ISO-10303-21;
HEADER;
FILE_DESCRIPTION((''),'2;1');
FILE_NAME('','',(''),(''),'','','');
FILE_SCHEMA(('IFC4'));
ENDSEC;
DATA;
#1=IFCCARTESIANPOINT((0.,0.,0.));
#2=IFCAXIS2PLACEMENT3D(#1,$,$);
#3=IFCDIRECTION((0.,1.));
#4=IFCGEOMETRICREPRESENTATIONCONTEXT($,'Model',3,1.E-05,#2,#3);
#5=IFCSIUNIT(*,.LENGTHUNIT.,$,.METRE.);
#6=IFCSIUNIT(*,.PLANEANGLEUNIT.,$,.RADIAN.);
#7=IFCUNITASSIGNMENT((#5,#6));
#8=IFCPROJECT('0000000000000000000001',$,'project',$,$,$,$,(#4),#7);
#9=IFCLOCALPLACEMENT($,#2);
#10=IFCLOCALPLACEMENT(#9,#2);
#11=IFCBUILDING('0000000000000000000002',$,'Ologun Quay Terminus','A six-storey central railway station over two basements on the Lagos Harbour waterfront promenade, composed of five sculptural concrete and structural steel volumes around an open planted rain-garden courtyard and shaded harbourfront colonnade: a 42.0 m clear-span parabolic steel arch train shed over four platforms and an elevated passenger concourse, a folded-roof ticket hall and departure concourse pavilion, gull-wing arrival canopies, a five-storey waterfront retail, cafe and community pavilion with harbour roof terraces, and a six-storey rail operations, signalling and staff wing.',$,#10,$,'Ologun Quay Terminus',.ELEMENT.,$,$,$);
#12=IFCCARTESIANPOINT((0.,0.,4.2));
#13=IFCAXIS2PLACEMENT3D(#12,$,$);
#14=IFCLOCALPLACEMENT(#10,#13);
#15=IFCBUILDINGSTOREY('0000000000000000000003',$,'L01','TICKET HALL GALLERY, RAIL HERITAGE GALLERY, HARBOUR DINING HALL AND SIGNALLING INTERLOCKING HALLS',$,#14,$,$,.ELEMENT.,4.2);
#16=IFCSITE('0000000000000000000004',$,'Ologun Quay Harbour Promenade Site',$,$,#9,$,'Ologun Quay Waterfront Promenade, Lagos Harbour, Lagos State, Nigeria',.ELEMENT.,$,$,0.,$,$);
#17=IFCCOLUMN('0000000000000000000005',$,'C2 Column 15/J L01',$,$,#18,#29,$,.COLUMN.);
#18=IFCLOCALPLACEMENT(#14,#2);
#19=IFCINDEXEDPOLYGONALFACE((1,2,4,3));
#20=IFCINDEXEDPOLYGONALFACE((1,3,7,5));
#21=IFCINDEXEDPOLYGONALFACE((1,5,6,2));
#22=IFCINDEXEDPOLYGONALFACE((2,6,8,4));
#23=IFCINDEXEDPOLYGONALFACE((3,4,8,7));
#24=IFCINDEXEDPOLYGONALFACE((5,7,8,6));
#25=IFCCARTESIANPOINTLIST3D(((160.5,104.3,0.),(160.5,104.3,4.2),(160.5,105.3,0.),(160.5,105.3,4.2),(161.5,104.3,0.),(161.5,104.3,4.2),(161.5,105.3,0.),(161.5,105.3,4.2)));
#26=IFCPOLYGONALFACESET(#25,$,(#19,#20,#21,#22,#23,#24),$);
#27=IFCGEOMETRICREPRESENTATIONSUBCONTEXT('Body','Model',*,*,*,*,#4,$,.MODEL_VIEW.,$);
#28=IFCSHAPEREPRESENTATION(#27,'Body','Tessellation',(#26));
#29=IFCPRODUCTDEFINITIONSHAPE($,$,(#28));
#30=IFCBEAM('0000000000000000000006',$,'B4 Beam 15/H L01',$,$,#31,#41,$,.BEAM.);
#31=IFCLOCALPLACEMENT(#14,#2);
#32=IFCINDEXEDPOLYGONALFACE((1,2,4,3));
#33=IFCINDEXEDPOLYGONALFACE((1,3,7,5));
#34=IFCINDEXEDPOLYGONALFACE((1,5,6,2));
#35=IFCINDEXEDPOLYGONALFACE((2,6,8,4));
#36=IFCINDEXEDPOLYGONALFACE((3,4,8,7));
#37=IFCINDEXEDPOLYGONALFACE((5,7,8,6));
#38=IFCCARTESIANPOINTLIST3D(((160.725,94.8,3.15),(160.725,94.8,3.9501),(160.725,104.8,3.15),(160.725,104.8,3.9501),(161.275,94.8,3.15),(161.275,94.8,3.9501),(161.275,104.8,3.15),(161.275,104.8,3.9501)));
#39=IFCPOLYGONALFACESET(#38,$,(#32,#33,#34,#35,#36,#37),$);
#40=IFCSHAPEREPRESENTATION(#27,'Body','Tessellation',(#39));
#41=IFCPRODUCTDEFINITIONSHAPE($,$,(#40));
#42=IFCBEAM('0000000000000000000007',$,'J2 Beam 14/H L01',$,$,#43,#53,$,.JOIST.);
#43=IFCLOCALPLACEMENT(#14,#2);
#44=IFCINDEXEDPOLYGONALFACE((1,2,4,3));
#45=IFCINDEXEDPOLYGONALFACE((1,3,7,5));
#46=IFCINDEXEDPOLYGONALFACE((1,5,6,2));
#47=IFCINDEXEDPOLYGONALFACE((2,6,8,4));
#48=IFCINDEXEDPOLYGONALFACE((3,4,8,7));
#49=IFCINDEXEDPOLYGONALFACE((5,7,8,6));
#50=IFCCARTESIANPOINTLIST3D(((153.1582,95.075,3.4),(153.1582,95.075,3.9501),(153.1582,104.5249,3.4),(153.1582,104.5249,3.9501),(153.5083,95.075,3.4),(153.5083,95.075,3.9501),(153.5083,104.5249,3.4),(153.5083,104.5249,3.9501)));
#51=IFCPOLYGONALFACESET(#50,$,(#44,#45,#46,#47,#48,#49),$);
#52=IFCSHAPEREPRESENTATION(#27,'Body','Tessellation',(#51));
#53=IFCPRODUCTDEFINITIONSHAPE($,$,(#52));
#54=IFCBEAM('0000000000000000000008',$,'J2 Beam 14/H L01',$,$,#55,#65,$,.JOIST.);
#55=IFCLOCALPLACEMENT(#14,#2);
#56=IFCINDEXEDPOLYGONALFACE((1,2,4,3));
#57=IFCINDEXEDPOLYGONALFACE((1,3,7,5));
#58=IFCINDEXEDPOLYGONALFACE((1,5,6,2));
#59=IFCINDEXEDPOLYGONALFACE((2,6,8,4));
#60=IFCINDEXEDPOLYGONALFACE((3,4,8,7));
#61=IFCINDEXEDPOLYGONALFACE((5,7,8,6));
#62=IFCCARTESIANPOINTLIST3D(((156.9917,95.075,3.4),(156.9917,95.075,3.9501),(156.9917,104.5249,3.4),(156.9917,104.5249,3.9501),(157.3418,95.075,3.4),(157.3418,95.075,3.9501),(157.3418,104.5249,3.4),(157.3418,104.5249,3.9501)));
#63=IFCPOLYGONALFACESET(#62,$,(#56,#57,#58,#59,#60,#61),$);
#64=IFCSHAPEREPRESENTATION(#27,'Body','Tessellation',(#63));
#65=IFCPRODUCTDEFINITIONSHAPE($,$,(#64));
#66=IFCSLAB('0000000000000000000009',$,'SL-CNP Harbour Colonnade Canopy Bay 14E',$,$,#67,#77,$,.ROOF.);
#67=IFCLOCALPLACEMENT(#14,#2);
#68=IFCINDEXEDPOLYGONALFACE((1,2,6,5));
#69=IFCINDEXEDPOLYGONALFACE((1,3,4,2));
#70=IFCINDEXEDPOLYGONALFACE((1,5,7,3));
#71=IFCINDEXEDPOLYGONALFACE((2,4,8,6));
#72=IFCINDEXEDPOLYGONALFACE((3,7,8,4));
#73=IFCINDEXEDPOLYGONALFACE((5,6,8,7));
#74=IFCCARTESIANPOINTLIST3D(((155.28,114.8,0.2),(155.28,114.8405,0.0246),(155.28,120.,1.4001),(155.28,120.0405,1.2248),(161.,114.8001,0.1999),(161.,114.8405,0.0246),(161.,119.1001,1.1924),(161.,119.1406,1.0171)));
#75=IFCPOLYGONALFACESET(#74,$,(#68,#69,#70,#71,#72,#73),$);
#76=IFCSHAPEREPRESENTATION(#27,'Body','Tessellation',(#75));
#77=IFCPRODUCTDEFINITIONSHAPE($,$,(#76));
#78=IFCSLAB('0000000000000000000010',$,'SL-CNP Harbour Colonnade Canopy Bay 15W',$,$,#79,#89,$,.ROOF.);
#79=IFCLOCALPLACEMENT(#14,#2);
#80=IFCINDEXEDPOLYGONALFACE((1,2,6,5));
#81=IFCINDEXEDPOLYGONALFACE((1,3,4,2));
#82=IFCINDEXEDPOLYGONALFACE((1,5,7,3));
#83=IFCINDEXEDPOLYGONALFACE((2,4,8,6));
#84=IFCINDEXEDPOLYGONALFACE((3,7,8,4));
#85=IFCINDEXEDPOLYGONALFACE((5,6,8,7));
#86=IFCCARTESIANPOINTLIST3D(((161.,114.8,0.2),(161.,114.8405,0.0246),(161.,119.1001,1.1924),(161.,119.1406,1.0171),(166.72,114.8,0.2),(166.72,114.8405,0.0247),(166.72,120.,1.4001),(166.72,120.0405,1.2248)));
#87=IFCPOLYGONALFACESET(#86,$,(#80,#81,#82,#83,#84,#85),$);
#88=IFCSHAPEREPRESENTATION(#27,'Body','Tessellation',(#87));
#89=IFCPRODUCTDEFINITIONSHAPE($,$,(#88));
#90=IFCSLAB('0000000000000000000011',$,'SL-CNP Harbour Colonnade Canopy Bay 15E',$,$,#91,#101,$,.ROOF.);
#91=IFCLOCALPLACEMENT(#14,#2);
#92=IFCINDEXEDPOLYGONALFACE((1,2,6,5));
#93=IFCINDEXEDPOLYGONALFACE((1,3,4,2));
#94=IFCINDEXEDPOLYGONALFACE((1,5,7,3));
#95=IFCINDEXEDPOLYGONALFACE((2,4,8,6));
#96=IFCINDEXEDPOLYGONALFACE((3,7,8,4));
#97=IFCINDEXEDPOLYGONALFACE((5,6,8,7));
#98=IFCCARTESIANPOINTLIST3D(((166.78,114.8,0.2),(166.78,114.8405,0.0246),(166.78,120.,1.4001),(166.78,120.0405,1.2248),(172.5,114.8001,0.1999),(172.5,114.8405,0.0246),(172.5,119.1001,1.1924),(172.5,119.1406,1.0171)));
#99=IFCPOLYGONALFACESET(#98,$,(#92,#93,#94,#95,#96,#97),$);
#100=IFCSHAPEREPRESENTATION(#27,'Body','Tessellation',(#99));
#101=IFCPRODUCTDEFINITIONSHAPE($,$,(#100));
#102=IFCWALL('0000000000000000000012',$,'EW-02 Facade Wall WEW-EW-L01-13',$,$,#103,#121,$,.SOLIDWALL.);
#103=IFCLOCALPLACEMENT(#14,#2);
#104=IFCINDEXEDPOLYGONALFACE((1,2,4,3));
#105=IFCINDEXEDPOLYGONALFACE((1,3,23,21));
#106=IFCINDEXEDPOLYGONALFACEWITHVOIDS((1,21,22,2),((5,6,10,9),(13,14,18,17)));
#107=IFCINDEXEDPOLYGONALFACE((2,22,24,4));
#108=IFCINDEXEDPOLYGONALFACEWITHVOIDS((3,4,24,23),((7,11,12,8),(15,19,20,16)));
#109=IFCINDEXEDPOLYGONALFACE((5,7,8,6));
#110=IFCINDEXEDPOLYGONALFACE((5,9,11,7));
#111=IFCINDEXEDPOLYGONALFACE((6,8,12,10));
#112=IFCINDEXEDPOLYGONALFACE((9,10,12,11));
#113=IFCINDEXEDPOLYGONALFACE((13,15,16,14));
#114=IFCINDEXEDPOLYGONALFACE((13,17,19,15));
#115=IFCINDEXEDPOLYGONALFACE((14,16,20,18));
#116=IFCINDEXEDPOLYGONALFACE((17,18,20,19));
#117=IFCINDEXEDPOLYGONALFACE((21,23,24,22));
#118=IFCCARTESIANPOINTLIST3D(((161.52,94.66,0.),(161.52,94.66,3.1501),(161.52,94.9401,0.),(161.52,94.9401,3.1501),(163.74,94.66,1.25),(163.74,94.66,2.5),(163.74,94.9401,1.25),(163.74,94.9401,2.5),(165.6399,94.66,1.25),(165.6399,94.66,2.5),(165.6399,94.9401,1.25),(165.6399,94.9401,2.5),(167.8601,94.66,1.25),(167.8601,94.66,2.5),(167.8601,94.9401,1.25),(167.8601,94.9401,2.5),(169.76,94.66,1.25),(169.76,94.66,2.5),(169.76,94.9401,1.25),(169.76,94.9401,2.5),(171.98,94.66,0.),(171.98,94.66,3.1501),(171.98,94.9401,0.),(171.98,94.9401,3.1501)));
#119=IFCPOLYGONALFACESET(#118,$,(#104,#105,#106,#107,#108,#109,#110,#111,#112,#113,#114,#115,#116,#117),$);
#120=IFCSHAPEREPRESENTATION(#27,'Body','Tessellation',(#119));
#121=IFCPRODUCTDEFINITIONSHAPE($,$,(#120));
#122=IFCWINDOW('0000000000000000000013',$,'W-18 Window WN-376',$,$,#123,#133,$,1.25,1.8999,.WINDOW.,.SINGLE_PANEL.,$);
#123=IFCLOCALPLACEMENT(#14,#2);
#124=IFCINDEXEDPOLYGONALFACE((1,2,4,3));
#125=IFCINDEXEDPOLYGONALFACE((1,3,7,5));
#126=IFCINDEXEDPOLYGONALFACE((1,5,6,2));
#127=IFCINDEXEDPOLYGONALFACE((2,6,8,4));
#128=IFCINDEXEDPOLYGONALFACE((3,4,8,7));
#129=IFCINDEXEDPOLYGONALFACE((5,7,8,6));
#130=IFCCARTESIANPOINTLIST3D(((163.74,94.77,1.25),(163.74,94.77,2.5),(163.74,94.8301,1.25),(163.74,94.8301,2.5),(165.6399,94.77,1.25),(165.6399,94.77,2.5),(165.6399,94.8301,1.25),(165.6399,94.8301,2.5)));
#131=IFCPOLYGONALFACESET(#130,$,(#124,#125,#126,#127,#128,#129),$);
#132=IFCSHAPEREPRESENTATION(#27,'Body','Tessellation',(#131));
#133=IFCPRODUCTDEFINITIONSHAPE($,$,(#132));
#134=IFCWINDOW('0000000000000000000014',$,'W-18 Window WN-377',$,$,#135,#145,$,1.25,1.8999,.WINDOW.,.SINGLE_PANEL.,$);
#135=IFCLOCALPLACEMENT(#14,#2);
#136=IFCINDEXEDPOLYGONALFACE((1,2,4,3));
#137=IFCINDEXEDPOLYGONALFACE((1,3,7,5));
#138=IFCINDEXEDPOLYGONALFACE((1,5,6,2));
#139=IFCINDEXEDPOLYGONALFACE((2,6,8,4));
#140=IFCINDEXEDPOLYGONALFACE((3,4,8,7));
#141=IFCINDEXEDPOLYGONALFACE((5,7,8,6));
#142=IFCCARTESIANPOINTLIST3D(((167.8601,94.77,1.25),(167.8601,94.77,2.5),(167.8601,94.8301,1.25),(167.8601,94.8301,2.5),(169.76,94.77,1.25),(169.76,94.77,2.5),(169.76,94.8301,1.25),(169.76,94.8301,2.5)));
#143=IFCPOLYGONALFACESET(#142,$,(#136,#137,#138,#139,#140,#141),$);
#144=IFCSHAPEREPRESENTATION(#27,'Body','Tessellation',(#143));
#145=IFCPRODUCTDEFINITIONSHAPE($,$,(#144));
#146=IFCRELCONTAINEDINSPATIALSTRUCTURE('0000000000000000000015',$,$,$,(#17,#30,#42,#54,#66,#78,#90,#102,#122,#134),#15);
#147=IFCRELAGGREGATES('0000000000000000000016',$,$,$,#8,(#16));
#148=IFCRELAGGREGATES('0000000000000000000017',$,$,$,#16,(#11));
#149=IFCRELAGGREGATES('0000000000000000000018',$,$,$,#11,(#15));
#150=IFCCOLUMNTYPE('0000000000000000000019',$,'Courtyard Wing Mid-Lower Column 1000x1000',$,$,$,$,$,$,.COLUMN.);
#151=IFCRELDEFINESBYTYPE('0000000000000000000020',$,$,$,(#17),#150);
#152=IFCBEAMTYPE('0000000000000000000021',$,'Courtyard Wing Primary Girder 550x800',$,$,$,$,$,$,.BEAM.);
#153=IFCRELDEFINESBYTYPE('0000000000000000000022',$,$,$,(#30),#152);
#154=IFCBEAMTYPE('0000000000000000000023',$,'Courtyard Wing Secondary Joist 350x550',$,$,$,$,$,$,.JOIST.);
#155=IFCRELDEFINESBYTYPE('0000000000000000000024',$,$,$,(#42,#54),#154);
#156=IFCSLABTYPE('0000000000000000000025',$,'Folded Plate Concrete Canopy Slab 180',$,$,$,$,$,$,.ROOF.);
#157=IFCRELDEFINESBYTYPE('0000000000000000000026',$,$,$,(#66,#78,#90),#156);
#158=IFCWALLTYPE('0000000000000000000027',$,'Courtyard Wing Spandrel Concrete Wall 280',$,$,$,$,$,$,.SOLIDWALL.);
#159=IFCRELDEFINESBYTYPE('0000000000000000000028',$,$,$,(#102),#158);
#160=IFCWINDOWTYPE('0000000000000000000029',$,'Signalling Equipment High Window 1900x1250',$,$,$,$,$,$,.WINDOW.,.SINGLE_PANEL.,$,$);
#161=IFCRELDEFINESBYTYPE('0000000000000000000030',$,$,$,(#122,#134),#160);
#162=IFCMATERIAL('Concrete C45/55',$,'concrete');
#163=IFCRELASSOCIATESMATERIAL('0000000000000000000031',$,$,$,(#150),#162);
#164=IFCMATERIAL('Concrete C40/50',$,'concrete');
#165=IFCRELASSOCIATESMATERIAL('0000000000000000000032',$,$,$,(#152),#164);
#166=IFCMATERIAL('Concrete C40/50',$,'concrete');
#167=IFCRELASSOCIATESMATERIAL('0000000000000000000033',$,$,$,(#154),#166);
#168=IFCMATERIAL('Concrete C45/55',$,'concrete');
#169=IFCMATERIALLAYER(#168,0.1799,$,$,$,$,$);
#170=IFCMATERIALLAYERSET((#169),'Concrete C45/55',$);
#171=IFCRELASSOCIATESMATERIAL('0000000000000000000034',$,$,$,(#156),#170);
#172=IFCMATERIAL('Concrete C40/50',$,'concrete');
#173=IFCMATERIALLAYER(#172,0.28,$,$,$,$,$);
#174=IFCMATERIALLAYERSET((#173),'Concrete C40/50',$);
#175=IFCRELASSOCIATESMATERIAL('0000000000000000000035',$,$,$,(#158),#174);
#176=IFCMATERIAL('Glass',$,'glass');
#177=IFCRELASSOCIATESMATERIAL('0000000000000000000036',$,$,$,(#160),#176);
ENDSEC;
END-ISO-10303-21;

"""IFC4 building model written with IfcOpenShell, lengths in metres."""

from ifc_helpers import new_model, si_unit, direction, frame, frame_2d, origin, origin_2d, place, context, subcontext, project, spatial, polyline, rectangle, outline, extrude, material, layer, layer_set, material_profile, profile_set, type_object, element, fill, save


model = new_model("IFC4")

# Units and contexts
model_context = context("Model", 3, precision=1e-05, world=origin(), true_north=direction((0.0, 1.0)))
body_context = subcontext(model_context, "Body", "Model", "MODEL_VIEW")
ifc_project = project(units=[si_unit("LENGTHUNIT", "METRE"), si_unit("PLANEANGLEUNIT", "RADIAN")], contexts=[model_context])

# Site, building, storey
site_placement = place(None, origin())
site = spatial("IfcSite", under=ifc_project, at=site_placement, Name="Ologun Quay Harbour Promenade Site", LongName="Ologun Quay Waterfront Promenade, Lagos Harbour, Lagos State, Nigeria", CompositionType="ELEMENT", RefElevation=0.0)
building_placement = place(site_placement, origin())
building = spatial("IfcBuilding", under=site, at=building_placement, Name="Ologun Quay Terminus", Description="A six-storey central railway station over two basements on the Lagos Harbour waterfront promenade, composed of five sculptural concrete and structural steel volumes around an open planted rain-garden courtyard and shaded harbourfront colonnade: a 42.0 m clear-span parabolic steel arch train shed over four platforms and an elevated passenger concourse, a folded-roof ticket hall and departure concourse pavilion, gull-wing arrival canopies, a five-storey waterfront retail, cafe and community pavilion with harbour roof terraces, and a six-storey rail operations, signalling and staff wing.", LongName="Ologun Quay Terminus", CompositionType="ELEMENT")
storey_placement = place(building_placement, frame((0.0, 0.0, 4.2)))
storey = spatial("IfcBuildingStorey", under=building, at=storey_placement, Name="L01", Description="TICKET HALL GALLERY, RAIL HERITAGE GALLERY, HARBOUR DINING HALL AND SIGNALLING INTERLOCKING HALLS", CompositionType="ELEMENT", Elevation=4.2)

# Column
ifc_material_1 = material(Name="Concrete C45/55", Category="concrete")
ifc_material_profile_1 = material_profile(ifc_material_1, rectangle(XDim=1.0, YDim=1.0, at=origin_2d()), Name="RC 1000x1000")
ifc_profile_set_1 = profile_set([ifc_material_profile_1], Name="Concrete C45/55")
column_type = type_object("IfcColumnType", Name="Courtyard Wing Mid-Lower Column 1000x1000", PredefinedType="COLUMN", material=ifc_profile_set_1)
column_placement = place(storey_placement, frame((161.0, 104.8, 0.0), z_axis=(0.0, 0.0, 1.0), x_axis=(1.0, 0.0, 0.0)))
element("IfcColumn", 1, at=column_placement, inside=storey, type_object=column_type, Name="C2 Column 15/J L01", PredefinedType="COLUMN", context=body_context, shape_type="SweptSolid", body=[
    extrude(rectangle(XDim=1.0, YDim=1.0, at=origin_2d()), origin(), (0.0, 0.0, 1.0), 4.2),
])

# Beams
ifc_material_2 = material(Name="Concrete C40/50", Category="concrete")
ifc_material_profile_2 = material_profile(ifc_material_2, rectangle(XDim=0.55, YDim=0.8, at=origin_2d()), Name="RC 550x800")
ifc_profile_set_2 = profile_set([ifc_material_profile_2], Name="Concrete C40/50")
beam_type_1 = type_object("IfcBeamType", Name="Courtyard Wing Primary Girder 550x800", PredefinedType="BEAM", material=ifc_profile_set_2)
beam_placement = place(storey_placement, frame((161.0, 94.8, 3.55), z_axis=(0.0, 1.0, 0.0), x_axis=(-1.0, 0.0, 0.0)))
element("IfcBeam", 2, at=beam_placement, inside=storey, type_object=beam_type_1, Name="B4 Beam 15/H L01", PredefinedType="BEAM", context=body_context, shape_type="SweptSolid", body=[
    extrude(rectangle(XDim=0.55, YDim=0.8, at=origin_2d()), origin(), (0.0, 0.0, 1.0), 10.0),
])
ifc_material_3 = material(Name="Concrete C40/50", Category="concrete")
ifc_material_profile_3 = material_profile(ifc_material_3, rectangle(XDim=0.3501, YDim=0.55, at=origin_2d()), Name="RC 350x550")
ifc_profile_set_3 = profile_set([ifc_material_profile_3], Name="Concrete C40/50")
beam_type_2 = type_object("IfcBeamType", Name="Courtyard Wing Secondary Joist 350x550", PredefinedType="JOIST", material=ifc_profile_set_3)
for number, where, z_axis, x_axis, name in (
    (3, (153.3333, 95.075, 3.675), (0.0, 1.0, 0.0), (-1.0, 0.0, 0.0), "J2 Beam 14/H L01"),
    (4, (157.1667, 95.075, 3.675), (0.0, 1.0, 0.0), (-1.0, 0.0, 0.0), "J2 Beam 14/H L01"),
):
    element("IfcBeam", number, at=place(storey_placement, frame(where, z_axis=z_axis, x_axis=x_axis)), inside=storey, type_object=beam_type_2, Name=name, PredefinedType="JOIST", context=body_context, shape_type="SweptSolid", body=[
        extrude(rectangle(XDim=0.3501, YDim=0.55, at=origin_2d()), origin(), (0.0, 0.0, 1.0), 9.45),
    ])

# Slabs
ifc_material_4 = material(Name="Concrete C45/55", Category="concrete")
ifc_layer_1 = layer(ifc_material_4, 0.1799)
ifc_layer_set_1 = layer_set([ifc_layer_1], Name="Concrete C45/55")
slab_type = type_object("IfcSlabType", Name="Folded Plate Concrete Canopy Slab 180", PredefinedType="ROOF", material=ifc_layer_set_1)
slab_1_placement = place(storey_placement, frame((155.28, 114.8, 0.2), z_axis=(0.000005, -0.224891, 0.974384), x_axis=(1.0, 0.000001, -0.000005)))
element("IfcSlab", 5, at=slab_1_placement, inside=storey, type_object=slab_type, Name="SL-CNP Harbour Colonnade Canopy Bay 14E", PredefinedType="ROOF", context=body_context, shape_type="SweptSolid", body=[
    extrude(outline(polyline([(0.0, 0.0), (5.72, 0.0), (5.72, 4.4131), (0.0, 5.3367), (0.0, 0.0)])), origin(), (0.0, 0.0, -1.0), 0.1799),
])
slab_2_placement = place(storey_placement, frame((161.0, 114.8, 0.2), z_axis=(-0.000005, -0.224891, 0.974384), x_axis=(1.0, -0.000001, 0.000005)))
element("IfcSlab", 6, at=slab_2_placement, inside=storey, type_object=slab_type, Name="SL-CNP Harbour Colonnade Canopy Bay 15W", PredefinedType="ROOF", context=body_context, shape_type="SweptSolid", body=[
    extrude(outline(polyline([(0.0, 0.0), (5.72, 0.0), (5.72, 5.3367), (0.0, 4.4131), (0.0, 0.0)])), origin(), (0.0, 0.0, -1.0), 0.1799),
])
slab_3_placement = place(storey_placement, frame((166.78, 114.8, 0.2), z_axis=(0.000005, -0.224891, 0.974384), x_axis=(1.0, 0.000001, -0.000005)))
element("IfcSlab", 7, at=slab_3_placement, inside=storey, type_object=slab_type, Name="SL-CNP Harbour Colonnade Canopy Bay 15E", PredefinedType="ROOF", context=body_context, shape_type="SweptSolid", body=[
    extrude(outline(polyline([(0.0, 0.0), (5.72, 0.0), (5.72, 4.4131), (0.0, 5.3367), (0.0, 0.0)])), origin(), (0.0, 0.0, -1.0), 0.1799),
])

# Wall, openings, windows
ifc_material_5 = material(Name="Concrete C40/50", Category="concrete")
ifc_layer_2 = layer(ifc_material_5, 0.28)
ifc_layer_set_2 = layer_set([ifc_layer_2], Name="Concrete C40/50")
wall_type = type_object("IfcWallType", Name="Courtyard Wing Spandrel Concrete Wall 280", PredefinedType="SOLIDWALL", material=ifc_layer_set_2)
wall_1_placement = place(storey_placement, frame((161.52, 94.8, 0.0), z_axis=(0.0, 0.0, 1.0), x_axis=(1.0, 0.0, 0.0)))
wall_1 = element("IfcWall", 8, at=wall_1_placement, inside=storey, type_object=wall_type, Name="EW-02 Facade Wall WEW-EW-L01-13", PredefinedType="SOLIDWALL", context=body_context, shape_type="SweptSolid", body=[
    extrude(rectangle(XDim=10.46, YDim=0.28, at=frame_2d((5.23, 0.0))), origin(), (0.0, 0.0, 1.0), 3.1501),
])
opening_1_placement = place(wall_1_placement, frame((2.22, 0.0, 1.25)))
opening_1 = element("IfcOpeningElement", 9, at=opening_1_placement, cuts=wall_1, PredefinedType="OPENING", context=body_context, shape_type="SweptSolid", body=[
    extrude(rectangle(XDim=1.8999, YDim=1.25, at=frame_2d((0.95, 0.625))), frame((0.0, 0.1499, 0.0), z_axis=(0.0, -1.0, 0.0), x_axis=(1.0, 0.0, 0.0)), (0.0, 0.0, 1.0), 0.3),
])
opening_2_placement = place(wall_1_placement, frame((6.3401, 0.0, 1.25)))
opening_2 = element("IfcOpeningElement", 10, at=opening_2_placement, cuts=wall_1, PredefinedType="OPENING", context=body_context, shape_type="SweptSolid", body=[
    extrude(rectangle(XDim=1.8999, YDim=1.25, at=frame_2d((0.95, 0.625))), frame((0.0, 0.1499, 0.0), z_axis=(0.0, -1.0, 0.0), x_axis=(1.0, 0.0, 0.0)), (0.0, 0.0, 1.0), 0.3),
])
ifc_material_6 = material(Name="Glass", Category="glass")
window_type_1 = type_object("IfcWindowType", Name="Signalling Equipment High Window 1900x1250", PartitioningType="SINGLE_PANEL", PredefinedType="WINDOW", material=ifc_material_6)
window_1_placement = place(opening_1_placement, origin())
window_1 = element("IfcWindow", 11, at=window_1_placement, inside=storey, type_object=window_type_1, Name="W-18 Window WN-376", OverallHeight=1.25, OverallWidth=1.8999, PartitioningType="SINGLE_PANEL", PredefinedType="WINDOW", context=body_context, shape_type="SweptSolid", body=[
    extrude(rectangle(XDim=1.8999, YDim=1.25, at=frame_2d((0.95, 0.625))), frame((0.0, 0.03, 0.0), z_axis=(0.0, -1.0, 0.0), x_axis=(1.0, 0.0, 0.0)), (0.0, 0.0, 1.0), 0.0601),
])
fill(opening_1, window_1)
window_2_placement = place(opening_2_placement, origin())
window_2 = element("IfcWindow", 12, at=window_2_placement, inside=storey, type_object=window_type_1, Name="W-18 Window WN-377", OverallHeight=1.25, OverallWidth=1.8999, PartitioningType="SINGLE_PANEL", PredefinedType="WINDOW", context=body_context, shape_type="SweptSolid", body=[
    extrude(rectangle(XDim=1.8999, YDim=1.25, at=frame_2d((0.95, 0.625))), frame((0.0, 0.03, 0.0), z_axis=(0.0, -1.0, 0.0), x_axis=(1.0, 0.0, 0.0)), (0.0, 0.0, 1.0), 0.0601),
])
fill(opening_2, window_2)

save(model, "model.ifc")
